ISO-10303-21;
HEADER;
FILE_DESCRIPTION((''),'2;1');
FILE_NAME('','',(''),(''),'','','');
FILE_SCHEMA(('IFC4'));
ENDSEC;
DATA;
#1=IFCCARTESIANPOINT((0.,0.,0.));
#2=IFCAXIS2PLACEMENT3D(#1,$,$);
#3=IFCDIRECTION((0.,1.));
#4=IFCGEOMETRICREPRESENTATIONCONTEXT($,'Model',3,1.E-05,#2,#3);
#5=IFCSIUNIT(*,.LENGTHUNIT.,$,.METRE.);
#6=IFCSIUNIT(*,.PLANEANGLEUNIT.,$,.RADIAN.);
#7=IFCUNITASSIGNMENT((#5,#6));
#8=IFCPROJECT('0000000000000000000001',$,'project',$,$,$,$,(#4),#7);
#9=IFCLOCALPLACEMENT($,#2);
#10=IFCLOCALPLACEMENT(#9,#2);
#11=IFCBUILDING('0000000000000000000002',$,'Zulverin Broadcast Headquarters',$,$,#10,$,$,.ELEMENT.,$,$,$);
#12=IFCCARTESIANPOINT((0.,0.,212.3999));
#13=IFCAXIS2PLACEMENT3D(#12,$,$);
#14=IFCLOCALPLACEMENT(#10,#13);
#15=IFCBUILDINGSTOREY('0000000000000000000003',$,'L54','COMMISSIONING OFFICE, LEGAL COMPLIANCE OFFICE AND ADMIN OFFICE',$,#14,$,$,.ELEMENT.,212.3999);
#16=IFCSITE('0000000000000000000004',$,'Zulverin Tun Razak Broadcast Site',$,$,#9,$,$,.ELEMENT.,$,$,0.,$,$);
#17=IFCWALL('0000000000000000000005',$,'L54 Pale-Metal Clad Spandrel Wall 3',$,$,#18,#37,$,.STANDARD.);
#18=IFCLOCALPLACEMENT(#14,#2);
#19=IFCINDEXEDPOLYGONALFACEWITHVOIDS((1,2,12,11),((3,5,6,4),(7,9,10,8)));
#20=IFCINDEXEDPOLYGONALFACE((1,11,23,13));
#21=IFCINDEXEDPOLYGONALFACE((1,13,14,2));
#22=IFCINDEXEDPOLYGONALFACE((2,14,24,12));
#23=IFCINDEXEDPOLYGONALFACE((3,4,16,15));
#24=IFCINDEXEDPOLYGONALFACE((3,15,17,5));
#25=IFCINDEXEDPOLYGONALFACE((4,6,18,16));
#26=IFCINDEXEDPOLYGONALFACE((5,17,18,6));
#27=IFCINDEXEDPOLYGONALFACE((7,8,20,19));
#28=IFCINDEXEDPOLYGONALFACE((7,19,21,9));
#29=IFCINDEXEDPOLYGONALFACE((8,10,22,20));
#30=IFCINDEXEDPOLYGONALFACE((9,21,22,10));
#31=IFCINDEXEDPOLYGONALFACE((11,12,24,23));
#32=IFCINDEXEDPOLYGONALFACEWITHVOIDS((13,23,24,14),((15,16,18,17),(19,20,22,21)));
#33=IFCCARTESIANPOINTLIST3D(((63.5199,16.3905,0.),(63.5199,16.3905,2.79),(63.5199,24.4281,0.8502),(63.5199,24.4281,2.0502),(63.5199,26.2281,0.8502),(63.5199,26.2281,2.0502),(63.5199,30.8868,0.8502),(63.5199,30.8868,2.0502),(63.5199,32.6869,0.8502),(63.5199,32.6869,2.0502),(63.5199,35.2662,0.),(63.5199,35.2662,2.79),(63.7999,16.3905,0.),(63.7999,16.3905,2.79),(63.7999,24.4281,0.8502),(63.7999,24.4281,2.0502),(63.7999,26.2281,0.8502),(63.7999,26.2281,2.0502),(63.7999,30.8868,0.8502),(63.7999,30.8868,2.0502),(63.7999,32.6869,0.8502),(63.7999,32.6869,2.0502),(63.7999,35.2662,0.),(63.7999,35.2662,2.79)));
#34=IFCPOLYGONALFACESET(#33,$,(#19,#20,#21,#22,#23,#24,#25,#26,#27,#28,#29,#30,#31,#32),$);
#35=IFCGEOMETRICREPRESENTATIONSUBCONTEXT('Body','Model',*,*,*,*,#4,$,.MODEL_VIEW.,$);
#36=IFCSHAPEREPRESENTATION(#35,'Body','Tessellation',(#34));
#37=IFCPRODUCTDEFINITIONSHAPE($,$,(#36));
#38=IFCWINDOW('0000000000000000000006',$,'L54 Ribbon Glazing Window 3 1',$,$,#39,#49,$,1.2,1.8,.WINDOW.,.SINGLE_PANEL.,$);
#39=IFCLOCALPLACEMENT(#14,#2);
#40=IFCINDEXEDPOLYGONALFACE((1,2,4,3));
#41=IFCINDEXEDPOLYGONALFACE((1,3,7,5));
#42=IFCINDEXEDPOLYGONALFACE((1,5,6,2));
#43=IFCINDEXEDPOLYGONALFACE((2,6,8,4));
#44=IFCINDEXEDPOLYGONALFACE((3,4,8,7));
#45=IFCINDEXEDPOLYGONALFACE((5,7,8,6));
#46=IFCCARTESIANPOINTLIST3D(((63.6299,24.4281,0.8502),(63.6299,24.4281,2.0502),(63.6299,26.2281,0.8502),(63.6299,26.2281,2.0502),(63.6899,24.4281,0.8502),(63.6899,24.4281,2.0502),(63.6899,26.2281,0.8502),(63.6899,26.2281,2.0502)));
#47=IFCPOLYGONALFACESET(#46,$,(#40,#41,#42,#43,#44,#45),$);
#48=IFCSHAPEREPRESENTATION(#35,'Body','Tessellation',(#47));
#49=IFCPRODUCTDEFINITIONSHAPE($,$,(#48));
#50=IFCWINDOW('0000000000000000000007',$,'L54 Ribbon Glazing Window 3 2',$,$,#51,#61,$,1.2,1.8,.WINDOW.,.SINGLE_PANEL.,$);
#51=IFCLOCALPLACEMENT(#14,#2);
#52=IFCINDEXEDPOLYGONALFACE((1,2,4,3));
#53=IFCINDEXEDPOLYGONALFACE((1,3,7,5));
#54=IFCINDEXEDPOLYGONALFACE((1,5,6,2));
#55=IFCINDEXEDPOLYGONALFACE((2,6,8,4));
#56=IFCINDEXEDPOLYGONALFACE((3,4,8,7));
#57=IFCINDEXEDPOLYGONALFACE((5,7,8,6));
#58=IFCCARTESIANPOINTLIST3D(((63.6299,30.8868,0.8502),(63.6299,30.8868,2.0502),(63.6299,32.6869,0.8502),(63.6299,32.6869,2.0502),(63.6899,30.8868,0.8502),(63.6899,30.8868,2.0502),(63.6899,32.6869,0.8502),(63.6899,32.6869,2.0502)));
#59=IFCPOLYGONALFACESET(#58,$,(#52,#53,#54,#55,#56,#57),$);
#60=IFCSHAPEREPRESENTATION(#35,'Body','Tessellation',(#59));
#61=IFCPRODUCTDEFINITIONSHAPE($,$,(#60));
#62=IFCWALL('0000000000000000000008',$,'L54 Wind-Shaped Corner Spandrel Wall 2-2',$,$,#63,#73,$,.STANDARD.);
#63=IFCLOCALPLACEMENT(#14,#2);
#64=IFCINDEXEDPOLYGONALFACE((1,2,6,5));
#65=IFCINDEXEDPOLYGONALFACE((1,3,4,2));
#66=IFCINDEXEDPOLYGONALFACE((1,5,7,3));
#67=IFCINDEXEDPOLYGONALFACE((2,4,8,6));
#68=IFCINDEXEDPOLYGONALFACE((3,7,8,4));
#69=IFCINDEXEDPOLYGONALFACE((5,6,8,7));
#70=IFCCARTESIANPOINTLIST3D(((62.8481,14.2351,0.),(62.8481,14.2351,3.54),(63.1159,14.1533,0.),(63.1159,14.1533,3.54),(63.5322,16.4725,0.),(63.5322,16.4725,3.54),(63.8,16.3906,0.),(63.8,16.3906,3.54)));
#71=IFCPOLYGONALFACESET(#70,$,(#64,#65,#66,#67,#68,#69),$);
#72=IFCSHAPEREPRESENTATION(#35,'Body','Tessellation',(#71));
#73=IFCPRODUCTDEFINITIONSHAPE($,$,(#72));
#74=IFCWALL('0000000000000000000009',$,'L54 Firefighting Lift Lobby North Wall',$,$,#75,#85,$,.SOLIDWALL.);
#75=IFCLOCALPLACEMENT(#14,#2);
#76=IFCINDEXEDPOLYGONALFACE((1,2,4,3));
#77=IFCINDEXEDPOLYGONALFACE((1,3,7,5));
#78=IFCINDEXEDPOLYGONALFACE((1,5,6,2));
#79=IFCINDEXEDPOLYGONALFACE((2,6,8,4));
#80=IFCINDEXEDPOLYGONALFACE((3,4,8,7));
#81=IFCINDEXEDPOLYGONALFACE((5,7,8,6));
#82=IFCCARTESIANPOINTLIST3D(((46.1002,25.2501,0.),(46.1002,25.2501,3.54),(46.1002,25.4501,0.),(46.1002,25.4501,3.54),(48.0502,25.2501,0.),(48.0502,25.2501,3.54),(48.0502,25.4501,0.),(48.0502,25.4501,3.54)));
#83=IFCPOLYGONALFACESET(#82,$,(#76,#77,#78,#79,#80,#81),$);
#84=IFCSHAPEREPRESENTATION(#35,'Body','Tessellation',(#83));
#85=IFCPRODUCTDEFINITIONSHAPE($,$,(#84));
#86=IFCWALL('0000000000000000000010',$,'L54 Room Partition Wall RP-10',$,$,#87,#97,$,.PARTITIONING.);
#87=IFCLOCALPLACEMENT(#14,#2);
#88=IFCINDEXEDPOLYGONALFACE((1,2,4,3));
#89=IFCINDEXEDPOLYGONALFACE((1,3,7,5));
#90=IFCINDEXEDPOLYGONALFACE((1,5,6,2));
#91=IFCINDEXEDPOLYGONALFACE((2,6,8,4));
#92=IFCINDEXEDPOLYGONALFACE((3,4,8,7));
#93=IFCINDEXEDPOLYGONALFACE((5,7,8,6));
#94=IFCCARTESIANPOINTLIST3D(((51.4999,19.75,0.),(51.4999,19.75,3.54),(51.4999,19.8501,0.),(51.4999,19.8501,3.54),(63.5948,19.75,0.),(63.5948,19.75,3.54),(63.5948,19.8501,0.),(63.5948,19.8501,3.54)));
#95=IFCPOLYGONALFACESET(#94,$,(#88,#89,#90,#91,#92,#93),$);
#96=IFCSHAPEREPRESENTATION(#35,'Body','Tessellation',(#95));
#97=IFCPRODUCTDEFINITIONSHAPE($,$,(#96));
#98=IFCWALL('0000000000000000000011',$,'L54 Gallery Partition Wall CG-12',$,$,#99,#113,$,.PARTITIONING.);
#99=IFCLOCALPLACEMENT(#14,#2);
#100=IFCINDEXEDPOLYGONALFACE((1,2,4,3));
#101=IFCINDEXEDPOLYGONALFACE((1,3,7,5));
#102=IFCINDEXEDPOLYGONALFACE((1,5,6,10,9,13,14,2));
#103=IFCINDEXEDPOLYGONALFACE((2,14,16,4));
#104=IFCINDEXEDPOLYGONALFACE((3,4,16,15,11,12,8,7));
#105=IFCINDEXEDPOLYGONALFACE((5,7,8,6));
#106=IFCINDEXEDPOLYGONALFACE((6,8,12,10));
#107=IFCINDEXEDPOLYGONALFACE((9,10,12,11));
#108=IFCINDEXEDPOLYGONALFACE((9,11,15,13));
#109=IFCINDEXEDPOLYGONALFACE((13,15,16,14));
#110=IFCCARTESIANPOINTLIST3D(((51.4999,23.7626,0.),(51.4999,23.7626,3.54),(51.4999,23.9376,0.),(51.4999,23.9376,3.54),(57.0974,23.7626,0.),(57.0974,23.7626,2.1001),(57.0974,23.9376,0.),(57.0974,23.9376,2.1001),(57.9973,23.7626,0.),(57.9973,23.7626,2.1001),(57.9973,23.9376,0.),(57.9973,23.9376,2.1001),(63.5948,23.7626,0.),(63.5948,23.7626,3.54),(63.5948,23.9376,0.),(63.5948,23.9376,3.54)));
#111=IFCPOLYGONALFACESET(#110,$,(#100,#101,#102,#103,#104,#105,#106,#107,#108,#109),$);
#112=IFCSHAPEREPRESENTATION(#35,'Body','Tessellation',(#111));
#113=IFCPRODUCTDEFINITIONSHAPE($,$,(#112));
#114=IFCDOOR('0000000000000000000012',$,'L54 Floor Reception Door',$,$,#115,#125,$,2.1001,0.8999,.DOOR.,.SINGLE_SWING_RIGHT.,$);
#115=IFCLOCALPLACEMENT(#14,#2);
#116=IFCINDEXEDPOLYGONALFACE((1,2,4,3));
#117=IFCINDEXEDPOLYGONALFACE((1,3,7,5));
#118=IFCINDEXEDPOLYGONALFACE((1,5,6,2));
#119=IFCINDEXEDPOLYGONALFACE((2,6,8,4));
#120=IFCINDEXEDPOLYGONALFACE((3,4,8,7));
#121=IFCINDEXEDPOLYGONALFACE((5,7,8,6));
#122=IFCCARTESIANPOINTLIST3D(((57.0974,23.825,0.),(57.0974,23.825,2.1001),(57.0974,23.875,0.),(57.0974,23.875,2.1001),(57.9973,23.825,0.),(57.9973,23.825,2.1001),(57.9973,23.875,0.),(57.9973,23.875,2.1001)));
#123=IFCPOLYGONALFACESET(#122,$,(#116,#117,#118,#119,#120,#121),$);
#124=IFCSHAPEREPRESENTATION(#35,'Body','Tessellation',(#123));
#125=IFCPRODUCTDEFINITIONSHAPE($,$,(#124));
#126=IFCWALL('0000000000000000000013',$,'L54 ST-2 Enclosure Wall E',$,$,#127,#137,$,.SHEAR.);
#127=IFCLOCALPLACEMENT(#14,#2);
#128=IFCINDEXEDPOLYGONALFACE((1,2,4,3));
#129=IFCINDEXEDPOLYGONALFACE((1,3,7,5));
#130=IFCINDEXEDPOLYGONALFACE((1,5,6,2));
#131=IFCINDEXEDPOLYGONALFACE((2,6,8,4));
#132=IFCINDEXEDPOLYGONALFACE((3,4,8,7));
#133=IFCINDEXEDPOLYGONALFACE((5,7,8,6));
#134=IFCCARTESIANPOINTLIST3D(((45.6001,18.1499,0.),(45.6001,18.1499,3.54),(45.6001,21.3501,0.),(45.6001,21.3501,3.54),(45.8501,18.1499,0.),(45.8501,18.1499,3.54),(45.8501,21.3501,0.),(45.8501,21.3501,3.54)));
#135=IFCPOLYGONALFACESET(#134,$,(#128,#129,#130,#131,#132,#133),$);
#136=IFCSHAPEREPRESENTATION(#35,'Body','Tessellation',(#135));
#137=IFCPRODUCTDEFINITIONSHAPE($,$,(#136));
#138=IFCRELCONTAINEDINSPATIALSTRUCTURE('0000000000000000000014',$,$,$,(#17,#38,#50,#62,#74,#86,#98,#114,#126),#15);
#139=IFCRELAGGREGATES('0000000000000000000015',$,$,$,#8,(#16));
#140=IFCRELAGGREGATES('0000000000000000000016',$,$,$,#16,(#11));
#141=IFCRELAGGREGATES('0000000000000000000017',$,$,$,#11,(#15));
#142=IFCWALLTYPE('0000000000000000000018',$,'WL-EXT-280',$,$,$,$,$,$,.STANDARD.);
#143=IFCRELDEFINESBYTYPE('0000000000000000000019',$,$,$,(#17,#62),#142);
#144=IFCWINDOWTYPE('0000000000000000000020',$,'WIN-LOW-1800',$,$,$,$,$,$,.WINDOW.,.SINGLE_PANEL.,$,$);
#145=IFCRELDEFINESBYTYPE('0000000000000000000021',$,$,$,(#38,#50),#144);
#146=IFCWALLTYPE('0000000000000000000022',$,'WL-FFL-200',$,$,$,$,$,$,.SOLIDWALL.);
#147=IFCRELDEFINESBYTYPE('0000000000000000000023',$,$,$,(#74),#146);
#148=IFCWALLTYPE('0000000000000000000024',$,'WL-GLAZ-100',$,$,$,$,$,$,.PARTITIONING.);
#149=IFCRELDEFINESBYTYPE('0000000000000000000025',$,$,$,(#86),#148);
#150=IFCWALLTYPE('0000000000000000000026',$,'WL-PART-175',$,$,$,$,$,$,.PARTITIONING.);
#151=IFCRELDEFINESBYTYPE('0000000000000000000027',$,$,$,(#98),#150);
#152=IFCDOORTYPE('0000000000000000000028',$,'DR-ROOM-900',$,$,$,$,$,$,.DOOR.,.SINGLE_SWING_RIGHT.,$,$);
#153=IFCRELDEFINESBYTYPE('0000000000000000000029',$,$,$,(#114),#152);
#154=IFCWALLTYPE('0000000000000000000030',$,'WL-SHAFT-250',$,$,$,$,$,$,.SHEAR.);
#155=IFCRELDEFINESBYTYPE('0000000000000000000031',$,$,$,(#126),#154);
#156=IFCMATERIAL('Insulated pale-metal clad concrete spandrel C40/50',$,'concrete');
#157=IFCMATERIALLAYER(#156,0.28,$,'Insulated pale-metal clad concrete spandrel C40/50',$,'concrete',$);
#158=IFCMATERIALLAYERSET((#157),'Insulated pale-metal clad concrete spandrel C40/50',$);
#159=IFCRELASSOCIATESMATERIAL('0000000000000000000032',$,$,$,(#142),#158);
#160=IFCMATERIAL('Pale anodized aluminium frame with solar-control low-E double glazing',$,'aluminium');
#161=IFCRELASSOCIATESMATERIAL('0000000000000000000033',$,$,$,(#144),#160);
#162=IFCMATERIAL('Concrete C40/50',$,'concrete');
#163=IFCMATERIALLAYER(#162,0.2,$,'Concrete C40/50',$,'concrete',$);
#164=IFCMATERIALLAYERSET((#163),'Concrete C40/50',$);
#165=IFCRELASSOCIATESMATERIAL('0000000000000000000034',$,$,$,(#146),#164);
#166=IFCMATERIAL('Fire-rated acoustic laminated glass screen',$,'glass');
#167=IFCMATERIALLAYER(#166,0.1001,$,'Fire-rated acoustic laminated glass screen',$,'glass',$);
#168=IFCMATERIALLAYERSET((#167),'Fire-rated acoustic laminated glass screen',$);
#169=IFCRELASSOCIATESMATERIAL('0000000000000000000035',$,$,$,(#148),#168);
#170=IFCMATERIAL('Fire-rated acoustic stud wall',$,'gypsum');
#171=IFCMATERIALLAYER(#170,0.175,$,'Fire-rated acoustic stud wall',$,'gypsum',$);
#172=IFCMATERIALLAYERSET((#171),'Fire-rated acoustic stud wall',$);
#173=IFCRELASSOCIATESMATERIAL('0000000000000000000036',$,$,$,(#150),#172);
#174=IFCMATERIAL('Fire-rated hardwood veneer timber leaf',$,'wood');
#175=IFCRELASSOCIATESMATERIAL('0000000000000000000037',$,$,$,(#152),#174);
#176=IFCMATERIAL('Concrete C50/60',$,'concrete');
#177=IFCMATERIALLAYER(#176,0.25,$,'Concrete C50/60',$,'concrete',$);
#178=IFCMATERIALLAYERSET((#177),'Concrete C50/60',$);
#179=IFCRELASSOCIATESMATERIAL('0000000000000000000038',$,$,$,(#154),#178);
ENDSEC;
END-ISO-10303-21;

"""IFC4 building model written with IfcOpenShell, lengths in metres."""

from ifc_helpers import new_model, si_unit, direction, frame, frame_2d, origin, place, context, subcontext, project, spatial, rectangle, extrude, material, layer, layer_set, type_object, element, fill, save


model = new_model("IFC4")

# Units and contexts
model_context = context("Model", 3, precision=1e-05, world=origin(), true_north=direction((0.0, 1.0)))
body_context = subcontext(model_context, "Body", "Model", "MODEL_VIEW")
ifc_project = project(units=[si_unit("LENGTHUNIT", "METRE"), si_unit("PLANEANGLEUNIT", "RADIAN")], contexts=[model_context])

# Site, building, storey
site_placement = place(None, origin())
site = spatial("IfcSite", under=ifc_project, at=site_placement, Name="Zulverin Tun Razak Broadcast Site", CompositionType="ELEMENT", RefElevation=0.0)
building_placement = place(site_placement, origin())
building = spatial("IfcBuilding", under=site, at=building_placement, Name="Zulverin Broadcast Headquarters", CompositionType="ELEMENT")
storey_placement = place(building_placement, frame((0.0, 0.0, 212.3999)))
storey = spatial("IfcBuildingStorey", under=building, at=storey_placement, Name="L54", Description="COMMISSIONING OFFICE, LEGAL COMPLIANCE OFFICE AND ADMIN OFFICE", CompositionType="ELEMENT", Elevation=212.3999)

# Shared definitions
ifc_material_1 = material(Name="Concrete C50/60", Category="concrete")

# Shared definitions
ifc_material_2 = material(Name="Concrete C40/50", Category="concrete")

# Wall, openings, windows
ifc_material_3 = material(Name="Insulated pale-metal clad concrete spandrel C40/50", Category="concrete")
ifc_layer_1 = layer(ifc_material_3, 0.28, Name="Insulated pale-metal clad concrete spandrel C40/50", Category="concrete")
ifc_layer_set_1 = layer_set([ifc_layer_1], Name="Insulated pale-metal clad concrete spandrel C40/50")
wall_type_1 = type_object("IfcWallType", Name="WL-EXT-280", PredefinedType="STANDARD", material=ifc_layer_set_1)
wall_1_placement = place(storey_placement, frame((63.6599, 16.3904, 0.0), z_axis=(0.0, 0.0, 1.0), x_axis=(0.0, 1.0, 0.0)))
wall_1 = element("IfcWall", 1, at=wall_1_placement, inside=storey, type_object=wall_type_1, Name="L54 Pale-Metal Clad Spandrel Wall 3", PredefinedType="STANDARD", context=body_context, shape_type="SweptSolid", body=[
    extrude(rectangle(XDim=18.8757, YDim=0.28, at=frame_2d((9.438, 0.0))), origin(), (0.0, 0.0, 1.0), 2.79),
])
opening_1_placement = place(wall_1_placement, frame((8.0378, 0.0, 0.8501)))
opening_1 = element("IfcOpeningElement", 2, at=opening_1_placement, cuts=wall_1, PredefinedType="OPENING", context=body_context, shape_type="SweptSolid", body=[
    extrude(rectangle(XDim=1.8, YDim=1.2, at=frame_2d((0.8999, 0.6001))), frame((0.0, 0.1499, 0.0), z_axis=(0.0, -1.0, 0.0), x_axis=(1.0, 0.0, 0.0)), (0.0, 0.0, 1.0), 0.3),
])
opening_2_placement = place(wall_1_placement, frame((14.4966, 0.0, 0.8501)))
opening_2 = element("IfcOpeningElement", 3, at=opening_2_placement, cuts=wall_1, PredefinedType="OPENING", context=body_context, shape_type="SweptSolid", body=[
    extrude(rectangle(XDim=1.8, YDim=1.2, at=frame_2d((0.8999, 0.6001))), frame((0.0, 0.1499, 0.0), z_axis=(0.0, -1.0, 0.0), x_axis=(1.0, 0.0, 0.0)), (0.0, 0.0, 1.0), 0.3),
])
ifc_material_4 = material(Name="Pale anodized aluminium frame with solar-control low-E double glazing", Category="aluminium")
window_type = type_object("IfcWindowType", Name="WIN-LOW-1800", PartitioningType="SINGLE_PANEL", PredefinedType="WINDOW", material=ifc_material_4)
window_1_placement = place(opening_1_placement, origin())
window_1 = element("IfcWindow", 4, at=window_1_placement, inside=storey, type_object=window_type, Name="L54 Ribbon Glazing Window 3 1", OverallHeight=1.2, OverallWidth=1.8, PartitioningType="SINGLE_PANEL", PredefinedType="WINDOW", context=body_context, shape_type="SweptSolid", body=[
    extrude(rectangle(XDim=1.8, YDim=1.2, at=frame_2d((0.8999, 0.6001))), frame((0.0, 0.03, 0.0), z_axis=(0.0, -1.0, 0.0), x_axis=(1.0, 0.0, 0.0)), (0.0, 0.0, 1.0), 0.0601),
])
fill(opening_1, window_1)
window_2_placement = place(opening_2_placement, origin())
window_2 = element("IfcWindow", 5, at=window_2_placement, inside=storey, type_object=window_type, Name="L54 Ribbon Glazing Window 3 2", OverallHeight=1.2, OverallWidth=1.8, PartitioningType="SINGLE_PANEL", PredefinedType="WINDOW", context=body_context, shape_type="SweptSolid", body=[
    extrude(rectangle(XDim=1.8, YDim=1.2, at=frame_2d((0.8999, 0.6001))), frame((0.0, 0.03, 0.0), z_axis=(0.0, -1.0, 0.0), x_axis=(1.0, 0.0, 0.0)), (0.0, 0.0, 1.0), 0.0601),
])
fill(opening_2, window_2)

# Walls
wall_2_placement = place(storey_placement, frame((62.9819, 14.1941, 0.0), z_axis=(0.0, 0.0, 1.0), x_axis=(0.292399, 0.956296, 0.0)))
element("IfcWall", 6, at=wall_2_placement, inside=storey, type_object=wall_type_1, Name="L54 Wind-Shaped Corner Spandrel Wall 2-2", PredefinedType="STANDARD", context=body_context, shape_type="SweptSolid", body=[
    extrude(rectangle(XDim=2.3396, YDim=0.28, at=frame_2d((1.1699, 0.0))), origin(), (0.0, 0.0, 1.0), 3.54),
])
ifc_layer_2 = layer(ifc_material_2, 0.2, Name="Concrete C40/50", Category="concrete")
ifc_layer_set_2 = layer_set([ifc_layer_2], Name="Concrete C40/50")
wall_type_2 = type_object("IfcWallType", Name="WL-FFL-200", PredefinedType="SOLIDWALL", material=ifc_layer_set_2)
wall_3_placement = place(storey_placement, frame((46.1001, 25.3501, 0.0), z_axis=(0.0, 0.0, 1.0), x_axis=(1.0, 0.0, 0.0)))
element("IfcWall", 7, at=wall_3_placement, inside=storey, type_object=wall_type_2, Name="L54 Firefighting Lift Lobby North Wall", PredefinedType="SOLIDWALL", context=body_context, shape_type="SweptSolid", body=[
    extrude(rectangle(XDim=1.95, YDim=0.2, at=frame_2d((0.9751, 0.0))), origin(), (0.0, 0.0, 1.0), 3.54),
])
ifc_material_5 = material(Name="Fire-rated acoustic laminated glass screen", Category="glass")
ifc_layer_3 = layer(ifc_material_5, 0.1001, Name="Fire-rated acoustic laminated glass screen", Category="glass")
ifc_layer_set_3 = layer_set([ifc_layer_3], Name="Fire-rated acoustic laminated glass screen")
wall_type_3 = type_object("IfcWallType", Name="WL-GLAZ-100", PredefinedType="PARTITIONING", material=ifc_layer_set_3)
wall_4_placement = place(storey_placement, frame((51.5, 19.8, 0.0), z_axis=(0.0, 0.0, 1.0), x_axis=(1.0, 0.0, 0.0)))
element("IfcWall", 8, at=wall_4_placement, inside=storey, type_object=wall_type_3, Name="L54 Room Partition Wall RP-10", PredefinedType="PARTITIONING", context=body_context, shape_type="SweptSolid", body=[
    extrude(rectangle(XDim=12.095, YDim=0.1001, at=frame_2d((6.0474, 0.0))), origin(), (0.0, 0.0, 1.0), 3.54),
])

# Wall, opening, door
ifc_material_6 = material(Name="Fire-rated acoustic stud wall", Category="gypsum")
ifc_layer_4 = layer(ifc_material_6, 0.175, Name="Fire-rated acoustic stud wall", Category="gypsum")
ifc_layer_set_4 = layer_set([ifc_layer_4], Name="Fire-rated acoustic stud wall")
wall_type_4 = type_object("IfcWallType", Name="WL-PART-175", PredefinedType="PARTITIONING", material=ifc_layer_set_4)
wall_5_placement = place(storey_placement, frame((51.5, 23.8501, 0.0), z_axis=(0.0, 0.0, 1.0), x_axis=(1.0, 0.0, 0.0)))
wall_5 = element("IfcWall", 9, at=wall_5_placement, inside=storey, type_object=wall_type_4, Name="L54 Gallery Partition Wall CG-12", PredefinedType="PARTITIONING", context=body_context, shape_type="SweptSolid", body=[
    extrude(rectangle(XDim=12.095, YDim=0.175, at=frame_2d((6.0474, 0.0))), origin(), (0.0, 0.0, 1.0), 3.54),
])
opening_3_placement = place(wall_5_placement, frame((5.5974, 0.0, 0.0)))
opening_3 = element("IfcOpeningElement", 10, at=opening_3_placement, cuts=wall_5, PredefinedType="OPENING", context=body_context, shape_type="SweptSolid", body=[
    extrude(rectangle(XDim=0.8999, YDim=2.1001, at=frame_2d((0.45, 1.05))), frame((0.0, 0.0974, 0.0), z_axis=(0.0, -1.0, 0.0), x_axis=(1.0, 0.0, 0.0)), (0.0, 0.0, 1.0), 0.1951),
])
ifc_material_7 = material(Name="Fire-rated hardwood veneer timber leaf", Category="wood")
door_type_1 = type_object("IfcDoorType", Name="DR-ROOM-900", OperationType="SINGLE_SWING_RIGHT", PredefinedType="DOOR", material=ifc_material_7)
door_1_placement = place(opening_3_placement, origin())
door_1 = element("IfcDoor", 11, at=door_1_placement, inside=storey, type_object=door_type_1, Name="L54 Floor Reception Door", OperationType="SINGLE_SWING_RIGHT", OverallHeight=2.1001, OverallWidth=0.8999, PredefinedType="DOOR", context=body_context, shape_type="SweptSolid", body=[
    extrude(rectangle(XDim=0.8999, YDim=2.1001, at=frame_2d((0.45, 1.05))), frame((0.0, 0.0249, 0.0), z_axis=(0.0, -1.0, 0.0), x_axis=(1.0, 0.0, 0.0)), (0.0, 0.0, 1.0), 0.05),
])
fill(opening_3, door_1)

# Wall
ifc_layer_5 = layer(ifc_material_1, 0.25, Name="Concrete C50/60", Category="concrete")
ifc_layer_set_5 = layer_set([ifc_layer_5], Name="Concrete C50/60")
wall_type_5 = type_object("IfcWallType", Name="WL-SHAFT-250", PredefinedType="SHEAR", material=ifc_layer_set_5)
wall_6_placement = place(storey_placement, frame((45.7251, 18.1499, 0.0), z_axis=(0.0, 0.0, 1.0), x_axis=(0.0, 1.0, 0.0)))
element("IfcWall", 12, at=wall_6_placement, inside=storey, type_object=wall_type_5, Name="L54 ST-2 Enclosure Wall E", PredefinedType="SHEAR", context=body_context, shape_type="SweptSolid", body=[
    extrude(rectangle(XDim=3.2002, YDim=0.25, at=frame_2d((1.6001, 0.0))), origin(), (0.0, 0.0, 1.0), 3.54),
])

save(model, "model.ifc")
